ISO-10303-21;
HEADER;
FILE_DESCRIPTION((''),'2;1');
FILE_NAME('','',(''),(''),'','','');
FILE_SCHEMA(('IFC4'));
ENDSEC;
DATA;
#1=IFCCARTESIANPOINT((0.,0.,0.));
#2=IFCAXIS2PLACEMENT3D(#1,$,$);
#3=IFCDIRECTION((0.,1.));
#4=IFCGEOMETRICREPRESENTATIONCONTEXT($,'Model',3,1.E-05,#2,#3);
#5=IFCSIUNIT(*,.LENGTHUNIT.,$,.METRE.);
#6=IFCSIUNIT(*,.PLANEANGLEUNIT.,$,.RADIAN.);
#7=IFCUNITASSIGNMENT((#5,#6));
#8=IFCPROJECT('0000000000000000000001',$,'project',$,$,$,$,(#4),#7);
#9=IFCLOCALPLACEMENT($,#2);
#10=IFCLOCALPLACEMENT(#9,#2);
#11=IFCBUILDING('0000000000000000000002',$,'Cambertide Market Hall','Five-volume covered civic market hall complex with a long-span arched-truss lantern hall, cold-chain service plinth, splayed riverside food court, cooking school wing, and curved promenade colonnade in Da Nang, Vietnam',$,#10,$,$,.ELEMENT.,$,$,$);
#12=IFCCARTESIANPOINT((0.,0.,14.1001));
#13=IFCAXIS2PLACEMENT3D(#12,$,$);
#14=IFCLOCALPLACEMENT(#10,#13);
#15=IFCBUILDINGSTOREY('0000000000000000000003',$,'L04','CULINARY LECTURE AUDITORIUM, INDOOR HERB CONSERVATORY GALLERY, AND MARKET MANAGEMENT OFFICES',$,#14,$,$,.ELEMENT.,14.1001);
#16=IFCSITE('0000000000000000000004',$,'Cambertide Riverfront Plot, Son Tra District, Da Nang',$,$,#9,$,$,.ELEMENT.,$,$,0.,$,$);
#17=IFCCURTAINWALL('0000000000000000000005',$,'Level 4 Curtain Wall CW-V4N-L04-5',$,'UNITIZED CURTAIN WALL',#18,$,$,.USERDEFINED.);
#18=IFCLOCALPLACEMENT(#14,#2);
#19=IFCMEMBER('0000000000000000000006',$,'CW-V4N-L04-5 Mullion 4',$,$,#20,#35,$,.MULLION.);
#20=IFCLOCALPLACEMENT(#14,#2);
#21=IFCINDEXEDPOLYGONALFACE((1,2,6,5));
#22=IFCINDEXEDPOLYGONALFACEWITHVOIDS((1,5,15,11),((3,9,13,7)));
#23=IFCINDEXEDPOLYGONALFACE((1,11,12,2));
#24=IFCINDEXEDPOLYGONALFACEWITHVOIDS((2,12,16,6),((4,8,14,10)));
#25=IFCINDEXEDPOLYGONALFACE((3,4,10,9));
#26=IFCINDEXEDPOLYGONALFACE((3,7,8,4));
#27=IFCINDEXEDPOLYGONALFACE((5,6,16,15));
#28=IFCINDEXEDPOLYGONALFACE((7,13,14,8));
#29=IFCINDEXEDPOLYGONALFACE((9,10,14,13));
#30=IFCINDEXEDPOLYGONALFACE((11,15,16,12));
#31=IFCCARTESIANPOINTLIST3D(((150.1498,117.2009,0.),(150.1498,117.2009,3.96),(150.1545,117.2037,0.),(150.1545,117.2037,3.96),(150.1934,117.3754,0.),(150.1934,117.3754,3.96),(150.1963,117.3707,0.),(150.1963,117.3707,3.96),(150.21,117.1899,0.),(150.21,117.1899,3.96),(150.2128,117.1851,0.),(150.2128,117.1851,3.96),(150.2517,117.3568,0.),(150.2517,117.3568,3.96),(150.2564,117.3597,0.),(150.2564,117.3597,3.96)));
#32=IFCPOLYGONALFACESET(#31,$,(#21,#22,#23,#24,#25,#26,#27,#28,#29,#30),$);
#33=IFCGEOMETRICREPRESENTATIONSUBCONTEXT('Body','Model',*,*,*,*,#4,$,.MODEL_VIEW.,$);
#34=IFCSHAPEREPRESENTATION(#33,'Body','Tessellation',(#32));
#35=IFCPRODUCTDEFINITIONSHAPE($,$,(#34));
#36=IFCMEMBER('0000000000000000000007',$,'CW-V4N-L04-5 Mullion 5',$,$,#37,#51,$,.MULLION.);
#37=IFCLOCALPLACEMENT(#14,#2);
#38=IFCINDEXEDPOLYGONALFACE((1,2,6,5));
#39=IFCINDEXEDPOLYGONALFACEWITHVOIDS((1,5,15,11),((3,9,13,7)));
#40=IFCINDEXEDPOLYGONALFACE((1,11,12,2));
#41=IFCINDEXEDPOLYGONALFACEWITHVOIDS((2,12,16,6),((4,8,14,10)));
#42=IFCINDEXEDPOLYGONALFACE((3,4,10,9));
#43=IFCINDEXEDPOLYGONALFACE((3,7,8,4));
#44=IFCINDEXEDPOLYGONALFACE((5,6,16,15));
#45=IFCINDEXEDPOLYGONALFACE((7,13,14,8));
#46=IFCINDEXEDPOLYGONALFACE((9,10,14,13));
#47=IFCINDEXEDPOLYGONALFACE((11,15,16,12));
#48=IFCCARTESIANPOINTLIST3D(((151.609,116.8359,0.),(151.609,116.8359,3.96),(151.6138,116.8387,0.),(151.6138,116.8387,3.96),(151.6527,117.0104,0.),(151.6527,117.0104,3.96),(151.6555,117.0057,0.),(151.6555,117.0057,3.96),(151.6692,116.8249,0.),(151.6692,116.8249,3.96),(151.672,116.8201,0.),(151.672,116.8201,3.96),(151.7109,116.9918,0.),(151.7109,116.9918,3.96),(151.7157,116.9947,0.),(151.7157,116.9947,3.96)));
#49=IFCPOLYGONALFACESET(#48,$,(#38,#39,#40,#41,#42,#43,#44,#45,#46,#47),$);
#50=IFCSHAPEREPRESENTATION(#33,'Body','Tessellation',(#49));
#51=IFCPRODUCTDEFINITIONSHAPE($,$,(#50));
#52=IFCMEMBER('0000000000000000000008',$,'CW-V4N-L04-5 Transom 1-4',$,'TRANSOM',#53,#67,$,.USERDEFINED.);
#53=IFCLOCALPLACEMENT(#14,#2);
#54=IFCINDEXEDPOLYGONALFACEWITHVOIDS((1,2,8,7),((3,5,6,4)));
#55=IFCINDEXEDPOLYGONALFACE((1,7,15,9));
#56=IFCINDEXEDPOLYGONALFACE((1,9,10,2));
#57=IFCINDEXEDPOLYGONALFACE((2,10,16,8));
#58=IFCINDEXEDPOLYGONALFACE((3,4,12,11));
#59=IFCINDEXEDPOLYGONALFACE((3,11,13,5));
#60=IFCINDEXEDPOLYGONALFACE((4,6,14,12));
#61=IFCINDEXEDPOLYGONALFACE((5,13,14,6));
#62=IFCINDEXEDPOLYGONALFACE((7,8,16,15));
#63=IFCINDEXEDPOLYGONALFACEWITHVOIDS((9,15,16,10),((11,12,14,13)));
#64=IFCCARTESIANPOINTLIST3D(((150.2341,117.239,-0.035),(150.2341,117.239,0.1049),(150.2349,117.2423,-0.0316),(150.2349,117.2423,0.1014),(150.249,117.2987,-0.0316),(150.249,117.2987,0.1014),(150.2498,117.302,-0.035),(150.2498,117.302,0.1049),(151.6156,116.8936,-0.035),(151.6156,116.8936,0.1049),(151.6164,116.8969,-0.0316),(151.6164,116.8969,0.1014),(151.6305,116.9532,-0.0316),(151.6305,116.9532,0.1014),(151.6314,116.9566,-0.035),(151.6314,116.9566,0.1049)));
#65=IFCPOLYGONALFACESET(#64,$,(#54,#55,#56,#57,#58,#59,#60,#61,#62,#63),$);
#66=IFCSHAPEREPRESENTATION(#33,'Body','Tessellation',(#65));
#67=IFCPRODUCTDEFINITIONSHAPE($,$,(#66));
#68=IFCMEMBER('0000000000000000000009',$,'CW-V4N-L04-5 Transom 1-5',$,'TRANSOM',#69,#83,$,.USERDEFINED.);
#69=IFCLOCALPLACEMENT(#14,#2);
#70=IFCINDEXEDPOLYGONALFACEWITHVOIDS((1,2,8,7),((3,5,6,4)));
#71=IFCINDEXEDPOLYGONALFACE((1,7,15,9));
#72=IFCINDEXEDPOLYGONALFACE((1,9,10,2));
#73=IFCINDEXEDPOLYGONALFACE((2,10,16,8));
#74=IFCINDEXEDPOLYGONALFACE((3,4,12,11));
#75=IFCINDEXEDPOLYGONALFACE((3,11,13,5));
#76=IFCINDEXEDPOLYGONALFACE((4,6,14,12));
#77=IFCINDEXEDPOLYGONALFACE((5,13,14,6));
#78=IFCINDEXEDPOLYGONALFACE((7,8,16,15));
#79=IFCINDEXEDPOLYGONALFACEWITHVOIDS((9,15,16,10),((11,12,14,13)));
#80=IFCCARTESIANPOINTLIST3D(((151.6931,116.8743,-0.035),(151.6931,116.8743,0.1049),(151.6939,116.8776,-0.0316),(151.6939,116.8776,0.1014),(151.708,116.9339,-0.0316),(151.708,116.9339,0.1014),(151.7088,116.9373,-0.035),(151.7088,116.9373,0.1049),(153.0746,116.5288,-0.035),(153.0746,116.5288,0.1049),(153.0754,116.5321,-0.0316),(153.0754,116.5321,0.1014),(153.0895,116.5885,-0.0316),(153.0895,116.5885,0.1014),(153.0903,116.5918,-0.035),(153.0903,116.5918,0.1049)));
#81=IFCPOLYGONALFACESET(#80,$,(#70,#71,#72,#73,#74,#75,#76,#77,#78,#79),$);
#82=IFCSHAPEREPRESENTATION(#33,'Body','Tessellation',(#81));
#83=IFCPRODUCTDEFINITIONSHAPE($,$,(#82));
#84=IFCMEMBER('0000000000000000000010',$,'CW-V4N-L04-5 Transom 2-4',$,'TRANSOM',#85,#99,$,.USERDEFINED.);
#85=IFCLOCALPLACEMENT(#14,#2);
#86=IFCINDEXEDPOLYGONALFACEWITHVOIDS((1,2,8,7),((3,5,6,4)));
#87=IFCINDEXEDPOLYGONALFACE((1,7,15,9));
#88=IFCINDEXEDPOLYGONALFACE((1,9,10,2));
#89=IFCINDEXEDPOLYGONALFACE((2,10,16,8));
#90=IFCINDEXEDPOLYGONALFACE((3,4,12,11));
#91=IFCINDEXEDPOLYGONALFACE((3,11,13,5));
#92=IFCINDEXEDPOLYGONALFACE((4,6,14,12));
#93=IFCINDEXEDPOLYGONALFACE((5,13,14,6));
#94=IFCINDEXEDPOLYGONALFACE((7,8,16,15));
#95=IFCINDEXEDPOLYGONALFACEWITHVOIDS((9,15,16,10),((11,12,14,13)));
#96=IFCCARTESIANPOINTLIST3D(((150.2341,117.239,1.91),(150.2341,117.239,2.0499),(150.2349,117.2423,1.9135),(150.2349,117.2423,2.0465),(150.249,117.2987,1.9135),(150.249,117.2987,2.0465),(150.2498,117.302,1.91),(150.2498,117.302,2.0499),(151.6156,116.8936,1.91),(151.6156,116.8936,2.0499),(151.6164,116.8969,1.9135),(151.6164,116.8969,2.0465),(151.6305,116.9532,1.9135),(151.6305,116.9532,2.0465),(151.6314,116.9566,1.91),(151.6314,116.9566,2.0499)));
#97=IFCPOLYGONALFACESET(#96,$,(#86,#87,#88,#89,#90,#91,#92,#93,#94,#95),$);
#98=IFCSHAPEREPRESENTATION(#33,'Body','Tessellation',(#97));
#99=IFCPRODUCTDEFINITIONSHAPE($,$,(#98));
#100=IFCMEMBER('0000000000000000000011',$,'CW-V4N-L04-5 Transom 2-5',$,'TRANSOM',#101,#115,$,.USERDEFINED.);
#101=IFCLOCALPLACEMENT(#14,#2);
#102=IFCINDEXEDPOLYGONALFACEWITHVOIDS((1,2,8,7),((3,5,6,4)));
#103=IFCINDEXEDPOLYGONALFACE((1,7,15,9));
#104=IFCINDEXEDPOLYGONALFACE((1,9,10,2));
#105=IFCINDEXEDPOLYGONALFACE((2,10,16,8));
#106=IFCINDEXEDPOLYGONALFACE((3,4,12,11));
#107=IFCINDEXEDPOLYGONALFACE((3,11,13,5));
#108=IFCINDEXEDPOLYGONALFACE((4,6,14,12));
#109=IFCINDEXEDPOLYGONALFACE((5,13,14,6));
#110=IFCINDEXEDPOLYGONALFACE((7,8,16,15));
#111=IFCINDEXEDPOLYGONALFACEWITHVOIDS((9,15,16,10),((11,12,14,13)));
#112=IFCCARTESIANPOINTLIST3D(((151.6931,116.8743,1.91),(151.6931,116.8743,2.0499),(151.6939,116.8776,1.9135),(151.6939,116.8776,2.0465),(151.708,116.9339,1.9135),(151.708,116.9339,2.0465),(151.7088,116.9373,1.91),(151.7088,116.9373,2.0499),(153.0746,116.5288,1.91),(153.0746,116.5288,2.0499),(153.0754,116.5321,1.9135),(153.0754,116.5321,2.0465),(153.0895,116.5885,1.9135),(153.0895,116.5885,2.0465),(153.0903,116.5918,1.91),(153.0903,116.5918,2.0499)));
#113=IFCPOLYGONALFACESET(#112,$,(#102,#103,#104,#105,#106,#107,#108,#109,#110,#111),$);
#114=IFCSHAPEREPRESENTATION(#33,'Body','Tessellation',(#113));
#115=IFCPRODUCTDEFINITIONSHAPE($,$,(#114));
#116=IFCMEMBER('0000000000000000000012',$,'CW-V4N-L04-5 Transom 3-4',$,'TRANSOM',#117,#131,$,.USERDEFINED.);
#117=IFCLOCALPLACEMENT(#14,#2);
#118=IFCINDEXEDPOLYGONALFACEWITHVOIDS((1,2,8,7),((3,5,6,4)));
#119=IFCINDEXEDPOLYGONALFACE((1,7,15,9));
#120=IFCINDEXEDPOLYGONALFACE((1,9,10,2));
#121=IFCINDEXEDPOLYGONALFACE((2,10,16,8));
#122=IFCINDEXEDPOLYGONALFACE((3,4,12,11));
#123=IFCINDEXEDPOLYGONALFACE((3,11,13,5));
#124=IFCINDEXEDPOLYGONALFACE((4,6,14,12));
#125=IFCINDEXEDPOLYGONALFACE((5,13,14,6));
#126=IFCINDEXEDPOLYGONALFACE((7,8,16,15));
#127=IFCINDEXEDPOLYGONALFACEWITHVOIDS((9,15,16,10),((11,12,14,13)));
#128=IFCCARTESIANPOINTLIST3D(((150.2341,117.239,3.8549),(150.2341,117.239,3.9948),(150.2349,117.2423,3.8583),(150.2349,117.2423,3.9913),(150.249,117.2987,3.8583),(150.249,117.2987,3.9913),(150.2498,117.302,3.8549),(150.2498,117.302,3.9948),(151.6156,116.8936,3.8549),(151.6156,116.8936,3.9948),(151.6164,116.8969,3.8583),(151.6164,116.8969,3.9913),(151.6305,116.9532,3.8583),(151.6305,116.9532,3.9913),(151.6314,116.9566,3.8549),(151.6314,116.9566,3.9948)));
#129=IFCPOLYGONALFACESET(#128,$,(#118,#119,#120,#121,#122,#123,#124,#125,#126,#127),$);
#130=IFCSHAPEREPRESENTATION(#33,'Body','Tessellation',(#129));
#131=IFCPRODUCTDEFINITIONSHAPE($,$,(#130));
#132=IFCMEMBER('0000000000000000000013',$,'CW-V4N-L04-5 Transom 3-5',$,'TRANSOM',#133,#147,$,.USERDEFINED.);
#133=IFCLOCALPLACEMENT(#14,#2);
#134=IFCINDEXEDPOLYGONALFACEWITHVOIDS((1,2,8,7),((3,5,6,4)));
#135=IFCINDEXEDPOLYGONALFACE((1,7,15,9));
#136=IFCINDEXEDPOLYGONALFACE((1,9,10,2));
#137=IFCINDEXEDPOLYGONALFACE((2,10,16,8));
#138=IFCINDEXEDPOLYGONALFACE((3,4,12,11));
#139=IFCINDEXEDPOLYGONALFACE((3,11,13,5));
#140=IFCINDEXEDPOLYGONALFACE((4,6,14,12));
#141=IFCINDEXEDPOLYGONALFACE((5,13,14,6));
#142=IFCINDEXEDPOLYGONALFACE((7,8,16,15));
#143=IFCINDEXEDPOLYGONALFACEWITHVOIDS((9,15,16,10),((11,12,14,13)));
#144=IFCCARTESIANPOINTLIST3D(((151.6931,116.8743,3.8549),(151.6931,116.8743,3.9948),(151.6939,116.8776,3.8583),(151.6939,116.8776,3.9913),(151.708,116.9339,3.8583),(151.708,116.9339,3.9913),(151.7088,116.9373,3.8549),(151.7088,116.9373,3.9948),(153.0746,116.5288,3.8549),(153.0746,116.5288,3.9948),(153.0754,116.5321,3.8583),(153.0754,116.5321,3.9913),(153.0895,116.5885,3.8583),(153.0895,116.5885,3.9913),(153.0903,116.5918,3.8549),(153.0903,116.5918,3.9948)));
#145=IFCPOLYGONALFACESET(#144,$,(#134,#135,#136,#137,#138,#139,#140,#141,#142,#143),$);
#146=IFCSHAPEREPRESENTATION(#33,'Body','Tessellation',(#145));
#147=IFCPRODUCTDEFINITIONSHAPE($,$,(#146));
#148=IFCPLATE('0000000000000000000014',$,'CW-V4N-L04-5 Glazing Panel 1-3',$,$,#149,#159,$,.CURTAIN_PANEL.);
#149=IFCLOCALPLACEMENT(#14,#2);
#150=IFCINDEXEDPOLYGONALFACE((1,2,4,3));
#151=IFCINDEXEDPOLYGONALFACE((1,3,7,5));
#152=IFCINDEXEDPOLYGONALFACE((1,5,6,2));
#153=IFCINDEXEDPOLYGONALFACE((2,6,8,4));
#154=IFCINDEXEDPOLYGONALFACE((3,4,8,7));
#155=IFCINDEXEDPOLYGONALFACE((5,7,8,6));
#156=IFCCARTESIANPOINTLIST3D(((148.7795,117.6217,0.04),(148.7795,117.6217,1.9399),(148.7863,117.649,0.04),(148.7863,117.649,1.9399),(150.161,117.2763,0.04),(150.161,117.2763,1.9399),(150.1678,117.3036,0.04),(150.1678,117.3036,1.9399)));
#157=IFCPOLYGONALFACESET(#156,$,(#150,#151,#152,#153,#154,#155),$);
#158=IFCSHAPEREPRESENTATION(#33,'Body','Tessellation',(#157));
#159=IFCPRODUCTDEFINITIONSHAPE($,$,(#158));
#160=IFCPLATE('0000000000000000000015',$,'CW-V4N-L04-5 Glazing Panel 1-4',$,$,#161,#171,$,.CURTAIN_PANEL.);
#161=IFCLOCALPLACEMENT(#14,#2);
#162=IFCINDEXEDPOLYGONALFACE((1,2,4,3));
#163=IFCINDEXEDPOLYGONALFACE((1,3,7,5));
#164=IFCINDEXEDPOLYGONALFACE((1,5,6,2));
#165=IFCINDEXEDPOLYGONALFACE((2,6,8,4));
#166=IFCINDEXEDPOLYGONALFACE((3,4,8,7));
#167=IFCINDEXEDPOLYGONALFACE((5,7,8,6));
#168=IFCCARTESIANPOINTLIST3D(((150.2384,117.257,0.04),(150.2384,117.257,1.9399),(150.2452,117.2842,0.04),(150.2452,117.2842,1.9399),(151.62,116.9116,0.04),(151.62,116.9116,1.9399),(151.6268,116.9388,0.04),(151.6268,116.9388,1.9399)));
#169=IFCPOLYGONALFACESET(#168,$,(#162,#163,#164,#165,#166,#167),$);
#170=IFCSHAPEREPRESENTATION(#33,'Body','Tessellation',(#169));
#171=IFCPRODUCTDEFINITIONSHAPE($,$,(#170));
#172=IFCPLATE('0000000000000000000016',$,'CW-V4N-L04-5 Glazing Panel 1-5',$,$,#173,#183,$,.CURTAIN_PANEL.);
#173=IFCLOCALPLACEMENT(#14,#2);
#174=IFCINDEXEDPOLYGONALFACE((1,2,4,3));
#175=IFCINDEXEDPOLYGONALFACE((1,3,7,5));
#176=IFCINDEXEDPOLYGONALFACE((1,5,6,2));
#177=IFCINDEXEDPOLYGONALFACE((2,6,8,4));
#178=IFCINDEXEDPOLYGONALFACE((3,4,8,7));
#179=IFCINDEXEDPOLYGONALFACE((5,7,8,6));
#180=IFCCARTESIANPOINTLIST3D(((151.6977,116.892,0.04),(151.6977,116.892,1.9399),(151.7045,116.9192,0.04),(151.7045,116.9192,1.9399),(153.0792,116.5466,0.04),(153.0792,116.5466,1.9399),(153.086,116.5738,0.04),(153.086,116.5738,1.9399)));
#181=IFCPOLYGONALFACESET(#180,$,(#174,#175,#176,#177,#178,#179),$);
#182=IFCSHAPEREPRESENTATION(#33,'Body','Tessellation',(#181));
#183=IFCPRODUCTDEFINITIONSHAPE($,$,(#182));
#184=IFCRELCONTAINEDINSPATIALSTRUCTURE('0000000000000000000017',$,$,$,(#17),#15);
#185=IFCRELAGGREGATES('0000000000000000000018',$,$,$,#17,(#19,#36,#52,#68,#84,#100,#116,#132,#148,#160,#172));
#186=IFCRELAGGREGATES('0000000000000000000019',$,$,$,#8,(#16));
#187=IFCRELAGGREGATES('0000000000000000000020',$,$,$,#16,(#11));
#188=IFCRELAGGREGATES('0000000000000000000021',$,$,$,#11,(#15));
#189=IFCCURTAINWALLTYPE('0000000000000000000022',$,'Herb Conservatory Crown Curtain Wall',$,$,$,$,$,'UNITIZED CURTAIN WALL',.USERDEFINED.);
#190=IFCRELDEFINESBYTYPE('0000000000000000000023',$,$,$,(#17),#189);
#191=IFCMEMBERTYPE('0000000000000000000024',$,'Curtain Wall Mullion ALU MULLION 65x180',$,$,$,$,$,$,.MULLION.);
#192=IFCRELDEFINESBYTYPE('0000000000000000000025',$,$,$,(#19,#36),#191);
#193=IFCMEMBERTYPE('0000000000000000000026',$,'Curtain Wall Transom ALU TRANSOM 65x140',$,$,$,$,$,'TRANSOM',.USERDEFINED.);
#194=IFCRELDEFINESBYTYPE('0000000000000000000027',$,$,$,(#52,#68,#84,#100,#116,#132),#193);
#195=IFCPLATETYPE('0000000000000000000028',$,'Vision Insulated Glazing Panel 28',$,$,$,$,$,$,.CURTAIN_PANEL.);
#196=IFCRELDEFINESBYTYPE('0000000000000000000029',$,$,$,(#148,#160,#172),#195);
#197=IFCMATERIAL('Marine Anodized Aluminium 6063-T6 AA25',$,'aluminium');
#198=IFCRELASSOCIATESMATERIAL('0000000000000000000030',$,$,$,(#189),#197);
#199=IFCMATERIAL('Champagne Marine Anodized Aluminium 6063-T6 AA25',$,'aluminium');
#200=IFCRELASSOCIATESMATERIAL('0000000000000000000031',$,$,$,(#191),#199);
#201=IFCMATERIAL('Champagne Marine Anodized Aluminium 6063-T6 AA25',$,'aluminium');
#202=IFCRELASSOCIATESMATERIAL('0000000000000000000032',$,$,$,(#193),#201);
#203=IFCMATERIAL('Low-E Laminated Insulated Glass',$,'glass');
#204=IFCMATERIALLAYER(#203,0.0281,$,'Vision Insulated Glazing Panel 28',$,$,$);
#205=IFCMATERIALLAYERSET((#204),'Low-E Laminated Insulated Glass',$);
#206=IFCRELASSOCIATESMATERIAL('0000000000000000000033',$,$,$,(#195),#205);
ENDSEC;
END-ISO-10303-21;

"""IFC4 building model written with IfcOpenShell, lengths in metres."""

from ifc_helpers import new_model, si_unit, direction, frame, origin, origin_2d, place, context, subcontext, project, spatial, rectangle, hollow_rectangle, extrude, material, layer, layer_set, material_profile, profile_set, type_object, element, aggregate, save


model = new_model("IFC4")

# Units and contexts
model_context = context("Model", 3, precision=1e-05, world=origin(), true_north=direction((0.0, 1.0)))
body_context = subcontext(model_context, "Body", "Model", "MODEL_VIEW")
ifc_project = project(units=[si_unit("LENGTHUNIT", "METRE"), si_unit("PLANEANGLEUNIT", "RADIAN")], contexts=[model_context])

# Site, building, storey
site_placement = place(None, origin())
site = spatial("IfcSite", under=ifc_project, at=site_placement, Name="Cambertide Riverfront Plot, Son Tra District, Da Nang", CompositionType="ELEMENT", RefElevation=0.0)
building_placement = place(site_placement, origin())
building = spatial("IfcBuilding", under=site, at=building_placement, Name="Cambertide Market Hall", Description="Five-volume covered civic market hall complex with a long-span arched-truss lantern hall, cold-chain service plinth, splayed riverside food court, cooking school wing, and curved promenade colonnade in Da Nang, Vietnam", CompositionType="ELEMENT")
storey_placement = place(building_placement, frame((0.0, 0.0, 14.1001)))
storey = spatial("IfcBuildingStorey", under=building, at=storey_placement, Name="L04", Description="CULINARY LECTURE AUDITORIUM, INDOOR HERB CONSERVATORY GALLERY, AND MARKET MANAGEMENT OFFICES", CompositionType="ELEMENT", Elevation=14.1001)

# Curtain wall, members, plates
ifc_material_1 = material(Name="Marine Anodized Aluminium 6063-T6 AA25", Category="aluminium")
curtain_wall_type = type_object("IfcCurtainWallType", Name="Herb Conservatory Crown Curtain Wall", ElementType="UNITIZED CURTAIN WALL", PredefinedType="USERDEFINED", material=ifc_material_1)
curtain_wall_placement = place(storey_placement, origin())
curtain_wall = element("IfcCurtainWall", 1, at=curtain_wall_placement, inside=storey, type_object=curtain_wall_type, Name="Level 4 Curtain Wall CW-V4N-L04-5", ObjectType="UNITIZED CURTAIN WALL", PredefinedType="USERDEFINED")
ifc_material_2 = material(Name="Champagne Marine Anodized Aluminium 6063-T6 AA25", Category="aluminium")
ifc_material_profile_1 = material_profile(ifc_material_2, hollow_rectangle(XDim=0.0649, YDim=0.1799, WallThickness=0.0039, at=origin_2d()), Name="ALU MULLION 65x180")
ifc_profile_set_1 = profile_set([ifc_material_profile_1], Name="Champagne Marine Anodized Aluminium 6063-T6 AA25")
member_type_1 = type_object("IfcMemberType", Name="Curtain Wall Mullion ALU MULLION 65x180", PredefinedType="MULLION", material=ifc_profile_set_1)
member_1_placement = place(storey_placement, frame((150.2031, 117.2803, 0.0), z_axis=(0.0, 0.0, 1.0), x_axis=(0.970143, -0.242536, 0.0)))
member_1 = element("IfcMember", 2, at=member_1_placement, type_object=member_type_1, Name="CW-V4N-L04-5 Mullion 4", PredefinedType="MULLION", context=body_context, shape_type="SweptSolid", body=[
    extrude(hollow_rectangle(XDim=0.0649, YDim=0.1799, WallThickness=0.0039, at=origin_2d()), origin(), (0.0, 0.0, 1.0), 3.96),
])
member_2_placement = place(storey_placement, frame((151.6624, 116.9153, 0.0), z_axis=(0.0, 0.0, 1.0), x_axis=(0.970143, -0.242536, 0.0)))
member_2 = element("IfcMember", 3, at=member_2_placement, type_object=member_type_1, Name="CW-V4N-L04-5 Mullion 5", PredefinedType="MULLION", context=body_context, shape_type="SweptSolid", body=[
    extrude(hollow_rectangle(XDim=0.0649, YDim=0.1799, WallThickness=0.0039, at=origin_2d()), origin(), (0.0, 0.0, 1.0), 3.96),
])
ifc_material_3 = material(Name="Champagne Marine Anodized Aluminium 6063-T6 AA25", Category="aluminium")
ifc_material_profile_2 = material_profile(ifc_material_3, hollow_rectangle(XDim=0.0649, YDim=0.1399, WallThickness=0.0034, at=origin_2d()), Name="ALU TRANSOM 65x140")
ifc_profile_set_2 = profile_set([ifc_material_profile_2], Name="Champagne Marine Anodized Aluminium 6063-T6 AA25")
member_type_2 = type_object("IfcMemberType", Name="Curtain Wall Transom ALU TRANSOM 65x140", ElementType="TRANSOM", PredefinedType="USERDEFINED", material=ifc_profile_set_2)
member_3_placement = place(storey_placement, frame((150.2419, 117.2705, 0.0349), z_axis=(0.970132, -0.242576, 0.0), x_axis=(0.242576, 0.970132, 0.0)))
member_3 = element("IfcMember", 4, at=member_3_placement, type_object=member_type_2, Name="CW-V4N-L04-5 Transom 1-4", ObjectType="TRANSOM", PredefinedType="USERDEFINED", context=body_context, shape_type="SweptSolid", body=[
    extrude(hollow_rectangle(XDim=0.0649, YDim=0.1399, WallThickness=0.0034, at=origin_2d()), origin(), (0.0, 0.0, 1.0), 1.4241),
])
member_4_placement = place(storey_placement, frame((151.7009, 116.9058, 0.0349), z_axis=(0.970132, -0.242576, 0.0), x_axis=(0.242576, 0.970132, 0.0)))
member_4 = element("IfcMember", 5, at=member_4_placement, type_object=member_type_2, Name="CW-V4N-L04-5 Transom 1-5", ObjectType="TRANSOM", PredefinedType="USERDEFINED", context=body_context, shape_type="SweptSolid", body=[
    extrude(hollow_rectangle(XDim=0.0649, YDim=0.1399, WallThickness=0.0034, at=origin_2d()), origin(), (0.0, 0.0, 1.0), 1.4241),
])
member_5_placement = place(storey_placement, frame((150.2419, 117.2705, 1.98), z_axis=(0.970132, -0.242576, 0.0), x_axis=(0.242576, 0.970132, 0.0)))
member_5 = element("IfcMember", 6, at=member_5_placement, type_object=member_type_2, Name="CW-V4N-L04-5 Transom 2-4", ObjectType="TRANSOM", PredefinedType="USERDEFINED", context=body_context, shape_type="SweptSolid", body=[
    extrude(hollow_rectangle(XDim=0.0649, YDim=0.1399, WallThickness=0.0034, at=origin_2d()), origin(), (0.0, 0.0, 1.0), 1.4241),
])
member_6_placement = place(storey_placement, frame((151.7009, 116.9058, 1.98), z_axis=(0.970132, -0.242576, 0.0), x_axis=(0.242576, 0.970132, 0.0)))
member_6 = element("IfcMember", 7, at=member_6_placement, type_object=member_type_2, Name="CW-V4N-L04-5 Transom 2-5", ObjectType="TRANSOM", PredefinedType="USERDEFINED", context=body_context, shape_type="SweptSolid", body=[
    extrude(hollow_rectangle(XDim=0.0649, YDim=0.1399, WallThickness=0.0034, at=origin_2d()), origin(), (0.0, 0.0, 1.0), 1.4241),
])
member_7_placement = place(storey_placement, frame((150.2419, 117.2705, 3.9248), z_axis=(0.970132, -0.242576, 0.0), x_axis=(0.242576, 0.970132, 0.0)))
member_7 = element("IfcMember", 8, at=member_7_placement, type_object=member_type_2, Name="CW-V4N-L04-5 Transom 3-4", ObjectType="TRANSOM", PredefinedType="USERDEFINED", context=body_context, shape_type="SweptSolid", body=[
    extrude(hollow_rectangle(XDim=0.0649, YDim=0.1399, WallThickness=0.0034, at=origin_2d()), origin(), (0.0, 0.0, 1.0), 1.4241),
])
member_8_placement = place(storey_placement, frame((151.7009, 116.9058, 3.9248), z_axis=(0.970132, -0.242576, 0.0), x_axis=(0.242576, 0.970132, 0.0)))
member_8 = element("IfcMember", 9, at=member_8_placement, type_object=member_type_2, Name="CW-V4N-L04-5 Transom 3-5", ObjectType="TRANSOM", PredefinedType="USERDEFINED", context=body_context, shape_type="SweptSolid", body=[
    extrude(hollow_rectangle(XDim=0.0649, YDim=0.1399, WallThickness=0.0034, at=origin_2d()), origin(), (0.0, 0.0, 1.0), 1.4241),
])
ifc_material_4 = material(Name="Low-E Laminated Insulated Glass", Category="glass")
ifc_layer_1 = layer(ifc_material_4, 0.0281, Name="Vision Insulated Glazing Panel 28")
ifc_layer_set_1 = layer_set([ifc_layer_1], Name="Low-E Laminated Insulated Glass")
plate_type = type_object("IfcPlateType", Name="Vision Insulated Glazing Panel 28", PredefinedType="CURTAIN_PANEL", material=ifc_layer_set_1)
plate_1_placement = place(storey_placement, frame((149.4736, 117.4626, 0.04), z_axis=(0.0, 0.0, 1.0), x_axis=(0.970143, -0.242536, 0.0)))
plate_1 = element("IfcPlate", 10, at=plate_1_placement, type_object=plate_type, Name="CW-V4N-L04-5 Glazing Panel 1-3", PredefinedType="CURTAIN_PANEL", context=body_context, shape_type="SweptSolid", body=[
    extrude(rectangle(XDim=1.4241, YDim=0.0281, at=origin_2d()), origin(), (0.0, 0.0, 1.0), 1.8999),
])
plate_2_placement = place(storey_placement, frame((150.9326, 117.0979, 0.04), z_axis=(0.0, 0.0, 1.0), x_axis=(0.970143, -0.242536, 0.0)))
plate_2 = element("IfcPlate", 11, at=plate_2_placement, type_object=plate_type, Name="CW-V4N-L04-5 Glazing Panel 1-4", PredefinedType="CURTAIN_PANEL", context=body_context, shape_type="SweptSolid", body=[
    extrude(rectangle(XDim=1.4241, YDim=0.0281, at=origin_2d()), origin(), (0.0, 0.0, 1.0), 1.8999),
])
plate_3_placement = place(storey_placement, frame((152.3918, 116.7329, 0.04), z_axis=(0.0, 0.0, 1.0), x_axis=(0.970143, -0.242536, 0.0)))
plate_3 = element("IfcPlate", 12, at=plate_3_placement, type_object=plate_type, Name="CW-V4N-L04-5 Glazing Panel 1-5", PredefinedType="CURTAIN_PANEL", context=body_context, shape_type="SweptSolid", body=[
    extrude(rectangle(XDim=1.4241, YDim=0.0281, at=origin_2d()), origin(), (0.0, 0.0, 1.0), 1.8999),
])
aggregate(curtain_wall, [member_1, member_2, member_3, member_4, member_5, member_6, member_7, member_8, plate_1, plate_2, plate_3])

save(model, "model.ifc")
